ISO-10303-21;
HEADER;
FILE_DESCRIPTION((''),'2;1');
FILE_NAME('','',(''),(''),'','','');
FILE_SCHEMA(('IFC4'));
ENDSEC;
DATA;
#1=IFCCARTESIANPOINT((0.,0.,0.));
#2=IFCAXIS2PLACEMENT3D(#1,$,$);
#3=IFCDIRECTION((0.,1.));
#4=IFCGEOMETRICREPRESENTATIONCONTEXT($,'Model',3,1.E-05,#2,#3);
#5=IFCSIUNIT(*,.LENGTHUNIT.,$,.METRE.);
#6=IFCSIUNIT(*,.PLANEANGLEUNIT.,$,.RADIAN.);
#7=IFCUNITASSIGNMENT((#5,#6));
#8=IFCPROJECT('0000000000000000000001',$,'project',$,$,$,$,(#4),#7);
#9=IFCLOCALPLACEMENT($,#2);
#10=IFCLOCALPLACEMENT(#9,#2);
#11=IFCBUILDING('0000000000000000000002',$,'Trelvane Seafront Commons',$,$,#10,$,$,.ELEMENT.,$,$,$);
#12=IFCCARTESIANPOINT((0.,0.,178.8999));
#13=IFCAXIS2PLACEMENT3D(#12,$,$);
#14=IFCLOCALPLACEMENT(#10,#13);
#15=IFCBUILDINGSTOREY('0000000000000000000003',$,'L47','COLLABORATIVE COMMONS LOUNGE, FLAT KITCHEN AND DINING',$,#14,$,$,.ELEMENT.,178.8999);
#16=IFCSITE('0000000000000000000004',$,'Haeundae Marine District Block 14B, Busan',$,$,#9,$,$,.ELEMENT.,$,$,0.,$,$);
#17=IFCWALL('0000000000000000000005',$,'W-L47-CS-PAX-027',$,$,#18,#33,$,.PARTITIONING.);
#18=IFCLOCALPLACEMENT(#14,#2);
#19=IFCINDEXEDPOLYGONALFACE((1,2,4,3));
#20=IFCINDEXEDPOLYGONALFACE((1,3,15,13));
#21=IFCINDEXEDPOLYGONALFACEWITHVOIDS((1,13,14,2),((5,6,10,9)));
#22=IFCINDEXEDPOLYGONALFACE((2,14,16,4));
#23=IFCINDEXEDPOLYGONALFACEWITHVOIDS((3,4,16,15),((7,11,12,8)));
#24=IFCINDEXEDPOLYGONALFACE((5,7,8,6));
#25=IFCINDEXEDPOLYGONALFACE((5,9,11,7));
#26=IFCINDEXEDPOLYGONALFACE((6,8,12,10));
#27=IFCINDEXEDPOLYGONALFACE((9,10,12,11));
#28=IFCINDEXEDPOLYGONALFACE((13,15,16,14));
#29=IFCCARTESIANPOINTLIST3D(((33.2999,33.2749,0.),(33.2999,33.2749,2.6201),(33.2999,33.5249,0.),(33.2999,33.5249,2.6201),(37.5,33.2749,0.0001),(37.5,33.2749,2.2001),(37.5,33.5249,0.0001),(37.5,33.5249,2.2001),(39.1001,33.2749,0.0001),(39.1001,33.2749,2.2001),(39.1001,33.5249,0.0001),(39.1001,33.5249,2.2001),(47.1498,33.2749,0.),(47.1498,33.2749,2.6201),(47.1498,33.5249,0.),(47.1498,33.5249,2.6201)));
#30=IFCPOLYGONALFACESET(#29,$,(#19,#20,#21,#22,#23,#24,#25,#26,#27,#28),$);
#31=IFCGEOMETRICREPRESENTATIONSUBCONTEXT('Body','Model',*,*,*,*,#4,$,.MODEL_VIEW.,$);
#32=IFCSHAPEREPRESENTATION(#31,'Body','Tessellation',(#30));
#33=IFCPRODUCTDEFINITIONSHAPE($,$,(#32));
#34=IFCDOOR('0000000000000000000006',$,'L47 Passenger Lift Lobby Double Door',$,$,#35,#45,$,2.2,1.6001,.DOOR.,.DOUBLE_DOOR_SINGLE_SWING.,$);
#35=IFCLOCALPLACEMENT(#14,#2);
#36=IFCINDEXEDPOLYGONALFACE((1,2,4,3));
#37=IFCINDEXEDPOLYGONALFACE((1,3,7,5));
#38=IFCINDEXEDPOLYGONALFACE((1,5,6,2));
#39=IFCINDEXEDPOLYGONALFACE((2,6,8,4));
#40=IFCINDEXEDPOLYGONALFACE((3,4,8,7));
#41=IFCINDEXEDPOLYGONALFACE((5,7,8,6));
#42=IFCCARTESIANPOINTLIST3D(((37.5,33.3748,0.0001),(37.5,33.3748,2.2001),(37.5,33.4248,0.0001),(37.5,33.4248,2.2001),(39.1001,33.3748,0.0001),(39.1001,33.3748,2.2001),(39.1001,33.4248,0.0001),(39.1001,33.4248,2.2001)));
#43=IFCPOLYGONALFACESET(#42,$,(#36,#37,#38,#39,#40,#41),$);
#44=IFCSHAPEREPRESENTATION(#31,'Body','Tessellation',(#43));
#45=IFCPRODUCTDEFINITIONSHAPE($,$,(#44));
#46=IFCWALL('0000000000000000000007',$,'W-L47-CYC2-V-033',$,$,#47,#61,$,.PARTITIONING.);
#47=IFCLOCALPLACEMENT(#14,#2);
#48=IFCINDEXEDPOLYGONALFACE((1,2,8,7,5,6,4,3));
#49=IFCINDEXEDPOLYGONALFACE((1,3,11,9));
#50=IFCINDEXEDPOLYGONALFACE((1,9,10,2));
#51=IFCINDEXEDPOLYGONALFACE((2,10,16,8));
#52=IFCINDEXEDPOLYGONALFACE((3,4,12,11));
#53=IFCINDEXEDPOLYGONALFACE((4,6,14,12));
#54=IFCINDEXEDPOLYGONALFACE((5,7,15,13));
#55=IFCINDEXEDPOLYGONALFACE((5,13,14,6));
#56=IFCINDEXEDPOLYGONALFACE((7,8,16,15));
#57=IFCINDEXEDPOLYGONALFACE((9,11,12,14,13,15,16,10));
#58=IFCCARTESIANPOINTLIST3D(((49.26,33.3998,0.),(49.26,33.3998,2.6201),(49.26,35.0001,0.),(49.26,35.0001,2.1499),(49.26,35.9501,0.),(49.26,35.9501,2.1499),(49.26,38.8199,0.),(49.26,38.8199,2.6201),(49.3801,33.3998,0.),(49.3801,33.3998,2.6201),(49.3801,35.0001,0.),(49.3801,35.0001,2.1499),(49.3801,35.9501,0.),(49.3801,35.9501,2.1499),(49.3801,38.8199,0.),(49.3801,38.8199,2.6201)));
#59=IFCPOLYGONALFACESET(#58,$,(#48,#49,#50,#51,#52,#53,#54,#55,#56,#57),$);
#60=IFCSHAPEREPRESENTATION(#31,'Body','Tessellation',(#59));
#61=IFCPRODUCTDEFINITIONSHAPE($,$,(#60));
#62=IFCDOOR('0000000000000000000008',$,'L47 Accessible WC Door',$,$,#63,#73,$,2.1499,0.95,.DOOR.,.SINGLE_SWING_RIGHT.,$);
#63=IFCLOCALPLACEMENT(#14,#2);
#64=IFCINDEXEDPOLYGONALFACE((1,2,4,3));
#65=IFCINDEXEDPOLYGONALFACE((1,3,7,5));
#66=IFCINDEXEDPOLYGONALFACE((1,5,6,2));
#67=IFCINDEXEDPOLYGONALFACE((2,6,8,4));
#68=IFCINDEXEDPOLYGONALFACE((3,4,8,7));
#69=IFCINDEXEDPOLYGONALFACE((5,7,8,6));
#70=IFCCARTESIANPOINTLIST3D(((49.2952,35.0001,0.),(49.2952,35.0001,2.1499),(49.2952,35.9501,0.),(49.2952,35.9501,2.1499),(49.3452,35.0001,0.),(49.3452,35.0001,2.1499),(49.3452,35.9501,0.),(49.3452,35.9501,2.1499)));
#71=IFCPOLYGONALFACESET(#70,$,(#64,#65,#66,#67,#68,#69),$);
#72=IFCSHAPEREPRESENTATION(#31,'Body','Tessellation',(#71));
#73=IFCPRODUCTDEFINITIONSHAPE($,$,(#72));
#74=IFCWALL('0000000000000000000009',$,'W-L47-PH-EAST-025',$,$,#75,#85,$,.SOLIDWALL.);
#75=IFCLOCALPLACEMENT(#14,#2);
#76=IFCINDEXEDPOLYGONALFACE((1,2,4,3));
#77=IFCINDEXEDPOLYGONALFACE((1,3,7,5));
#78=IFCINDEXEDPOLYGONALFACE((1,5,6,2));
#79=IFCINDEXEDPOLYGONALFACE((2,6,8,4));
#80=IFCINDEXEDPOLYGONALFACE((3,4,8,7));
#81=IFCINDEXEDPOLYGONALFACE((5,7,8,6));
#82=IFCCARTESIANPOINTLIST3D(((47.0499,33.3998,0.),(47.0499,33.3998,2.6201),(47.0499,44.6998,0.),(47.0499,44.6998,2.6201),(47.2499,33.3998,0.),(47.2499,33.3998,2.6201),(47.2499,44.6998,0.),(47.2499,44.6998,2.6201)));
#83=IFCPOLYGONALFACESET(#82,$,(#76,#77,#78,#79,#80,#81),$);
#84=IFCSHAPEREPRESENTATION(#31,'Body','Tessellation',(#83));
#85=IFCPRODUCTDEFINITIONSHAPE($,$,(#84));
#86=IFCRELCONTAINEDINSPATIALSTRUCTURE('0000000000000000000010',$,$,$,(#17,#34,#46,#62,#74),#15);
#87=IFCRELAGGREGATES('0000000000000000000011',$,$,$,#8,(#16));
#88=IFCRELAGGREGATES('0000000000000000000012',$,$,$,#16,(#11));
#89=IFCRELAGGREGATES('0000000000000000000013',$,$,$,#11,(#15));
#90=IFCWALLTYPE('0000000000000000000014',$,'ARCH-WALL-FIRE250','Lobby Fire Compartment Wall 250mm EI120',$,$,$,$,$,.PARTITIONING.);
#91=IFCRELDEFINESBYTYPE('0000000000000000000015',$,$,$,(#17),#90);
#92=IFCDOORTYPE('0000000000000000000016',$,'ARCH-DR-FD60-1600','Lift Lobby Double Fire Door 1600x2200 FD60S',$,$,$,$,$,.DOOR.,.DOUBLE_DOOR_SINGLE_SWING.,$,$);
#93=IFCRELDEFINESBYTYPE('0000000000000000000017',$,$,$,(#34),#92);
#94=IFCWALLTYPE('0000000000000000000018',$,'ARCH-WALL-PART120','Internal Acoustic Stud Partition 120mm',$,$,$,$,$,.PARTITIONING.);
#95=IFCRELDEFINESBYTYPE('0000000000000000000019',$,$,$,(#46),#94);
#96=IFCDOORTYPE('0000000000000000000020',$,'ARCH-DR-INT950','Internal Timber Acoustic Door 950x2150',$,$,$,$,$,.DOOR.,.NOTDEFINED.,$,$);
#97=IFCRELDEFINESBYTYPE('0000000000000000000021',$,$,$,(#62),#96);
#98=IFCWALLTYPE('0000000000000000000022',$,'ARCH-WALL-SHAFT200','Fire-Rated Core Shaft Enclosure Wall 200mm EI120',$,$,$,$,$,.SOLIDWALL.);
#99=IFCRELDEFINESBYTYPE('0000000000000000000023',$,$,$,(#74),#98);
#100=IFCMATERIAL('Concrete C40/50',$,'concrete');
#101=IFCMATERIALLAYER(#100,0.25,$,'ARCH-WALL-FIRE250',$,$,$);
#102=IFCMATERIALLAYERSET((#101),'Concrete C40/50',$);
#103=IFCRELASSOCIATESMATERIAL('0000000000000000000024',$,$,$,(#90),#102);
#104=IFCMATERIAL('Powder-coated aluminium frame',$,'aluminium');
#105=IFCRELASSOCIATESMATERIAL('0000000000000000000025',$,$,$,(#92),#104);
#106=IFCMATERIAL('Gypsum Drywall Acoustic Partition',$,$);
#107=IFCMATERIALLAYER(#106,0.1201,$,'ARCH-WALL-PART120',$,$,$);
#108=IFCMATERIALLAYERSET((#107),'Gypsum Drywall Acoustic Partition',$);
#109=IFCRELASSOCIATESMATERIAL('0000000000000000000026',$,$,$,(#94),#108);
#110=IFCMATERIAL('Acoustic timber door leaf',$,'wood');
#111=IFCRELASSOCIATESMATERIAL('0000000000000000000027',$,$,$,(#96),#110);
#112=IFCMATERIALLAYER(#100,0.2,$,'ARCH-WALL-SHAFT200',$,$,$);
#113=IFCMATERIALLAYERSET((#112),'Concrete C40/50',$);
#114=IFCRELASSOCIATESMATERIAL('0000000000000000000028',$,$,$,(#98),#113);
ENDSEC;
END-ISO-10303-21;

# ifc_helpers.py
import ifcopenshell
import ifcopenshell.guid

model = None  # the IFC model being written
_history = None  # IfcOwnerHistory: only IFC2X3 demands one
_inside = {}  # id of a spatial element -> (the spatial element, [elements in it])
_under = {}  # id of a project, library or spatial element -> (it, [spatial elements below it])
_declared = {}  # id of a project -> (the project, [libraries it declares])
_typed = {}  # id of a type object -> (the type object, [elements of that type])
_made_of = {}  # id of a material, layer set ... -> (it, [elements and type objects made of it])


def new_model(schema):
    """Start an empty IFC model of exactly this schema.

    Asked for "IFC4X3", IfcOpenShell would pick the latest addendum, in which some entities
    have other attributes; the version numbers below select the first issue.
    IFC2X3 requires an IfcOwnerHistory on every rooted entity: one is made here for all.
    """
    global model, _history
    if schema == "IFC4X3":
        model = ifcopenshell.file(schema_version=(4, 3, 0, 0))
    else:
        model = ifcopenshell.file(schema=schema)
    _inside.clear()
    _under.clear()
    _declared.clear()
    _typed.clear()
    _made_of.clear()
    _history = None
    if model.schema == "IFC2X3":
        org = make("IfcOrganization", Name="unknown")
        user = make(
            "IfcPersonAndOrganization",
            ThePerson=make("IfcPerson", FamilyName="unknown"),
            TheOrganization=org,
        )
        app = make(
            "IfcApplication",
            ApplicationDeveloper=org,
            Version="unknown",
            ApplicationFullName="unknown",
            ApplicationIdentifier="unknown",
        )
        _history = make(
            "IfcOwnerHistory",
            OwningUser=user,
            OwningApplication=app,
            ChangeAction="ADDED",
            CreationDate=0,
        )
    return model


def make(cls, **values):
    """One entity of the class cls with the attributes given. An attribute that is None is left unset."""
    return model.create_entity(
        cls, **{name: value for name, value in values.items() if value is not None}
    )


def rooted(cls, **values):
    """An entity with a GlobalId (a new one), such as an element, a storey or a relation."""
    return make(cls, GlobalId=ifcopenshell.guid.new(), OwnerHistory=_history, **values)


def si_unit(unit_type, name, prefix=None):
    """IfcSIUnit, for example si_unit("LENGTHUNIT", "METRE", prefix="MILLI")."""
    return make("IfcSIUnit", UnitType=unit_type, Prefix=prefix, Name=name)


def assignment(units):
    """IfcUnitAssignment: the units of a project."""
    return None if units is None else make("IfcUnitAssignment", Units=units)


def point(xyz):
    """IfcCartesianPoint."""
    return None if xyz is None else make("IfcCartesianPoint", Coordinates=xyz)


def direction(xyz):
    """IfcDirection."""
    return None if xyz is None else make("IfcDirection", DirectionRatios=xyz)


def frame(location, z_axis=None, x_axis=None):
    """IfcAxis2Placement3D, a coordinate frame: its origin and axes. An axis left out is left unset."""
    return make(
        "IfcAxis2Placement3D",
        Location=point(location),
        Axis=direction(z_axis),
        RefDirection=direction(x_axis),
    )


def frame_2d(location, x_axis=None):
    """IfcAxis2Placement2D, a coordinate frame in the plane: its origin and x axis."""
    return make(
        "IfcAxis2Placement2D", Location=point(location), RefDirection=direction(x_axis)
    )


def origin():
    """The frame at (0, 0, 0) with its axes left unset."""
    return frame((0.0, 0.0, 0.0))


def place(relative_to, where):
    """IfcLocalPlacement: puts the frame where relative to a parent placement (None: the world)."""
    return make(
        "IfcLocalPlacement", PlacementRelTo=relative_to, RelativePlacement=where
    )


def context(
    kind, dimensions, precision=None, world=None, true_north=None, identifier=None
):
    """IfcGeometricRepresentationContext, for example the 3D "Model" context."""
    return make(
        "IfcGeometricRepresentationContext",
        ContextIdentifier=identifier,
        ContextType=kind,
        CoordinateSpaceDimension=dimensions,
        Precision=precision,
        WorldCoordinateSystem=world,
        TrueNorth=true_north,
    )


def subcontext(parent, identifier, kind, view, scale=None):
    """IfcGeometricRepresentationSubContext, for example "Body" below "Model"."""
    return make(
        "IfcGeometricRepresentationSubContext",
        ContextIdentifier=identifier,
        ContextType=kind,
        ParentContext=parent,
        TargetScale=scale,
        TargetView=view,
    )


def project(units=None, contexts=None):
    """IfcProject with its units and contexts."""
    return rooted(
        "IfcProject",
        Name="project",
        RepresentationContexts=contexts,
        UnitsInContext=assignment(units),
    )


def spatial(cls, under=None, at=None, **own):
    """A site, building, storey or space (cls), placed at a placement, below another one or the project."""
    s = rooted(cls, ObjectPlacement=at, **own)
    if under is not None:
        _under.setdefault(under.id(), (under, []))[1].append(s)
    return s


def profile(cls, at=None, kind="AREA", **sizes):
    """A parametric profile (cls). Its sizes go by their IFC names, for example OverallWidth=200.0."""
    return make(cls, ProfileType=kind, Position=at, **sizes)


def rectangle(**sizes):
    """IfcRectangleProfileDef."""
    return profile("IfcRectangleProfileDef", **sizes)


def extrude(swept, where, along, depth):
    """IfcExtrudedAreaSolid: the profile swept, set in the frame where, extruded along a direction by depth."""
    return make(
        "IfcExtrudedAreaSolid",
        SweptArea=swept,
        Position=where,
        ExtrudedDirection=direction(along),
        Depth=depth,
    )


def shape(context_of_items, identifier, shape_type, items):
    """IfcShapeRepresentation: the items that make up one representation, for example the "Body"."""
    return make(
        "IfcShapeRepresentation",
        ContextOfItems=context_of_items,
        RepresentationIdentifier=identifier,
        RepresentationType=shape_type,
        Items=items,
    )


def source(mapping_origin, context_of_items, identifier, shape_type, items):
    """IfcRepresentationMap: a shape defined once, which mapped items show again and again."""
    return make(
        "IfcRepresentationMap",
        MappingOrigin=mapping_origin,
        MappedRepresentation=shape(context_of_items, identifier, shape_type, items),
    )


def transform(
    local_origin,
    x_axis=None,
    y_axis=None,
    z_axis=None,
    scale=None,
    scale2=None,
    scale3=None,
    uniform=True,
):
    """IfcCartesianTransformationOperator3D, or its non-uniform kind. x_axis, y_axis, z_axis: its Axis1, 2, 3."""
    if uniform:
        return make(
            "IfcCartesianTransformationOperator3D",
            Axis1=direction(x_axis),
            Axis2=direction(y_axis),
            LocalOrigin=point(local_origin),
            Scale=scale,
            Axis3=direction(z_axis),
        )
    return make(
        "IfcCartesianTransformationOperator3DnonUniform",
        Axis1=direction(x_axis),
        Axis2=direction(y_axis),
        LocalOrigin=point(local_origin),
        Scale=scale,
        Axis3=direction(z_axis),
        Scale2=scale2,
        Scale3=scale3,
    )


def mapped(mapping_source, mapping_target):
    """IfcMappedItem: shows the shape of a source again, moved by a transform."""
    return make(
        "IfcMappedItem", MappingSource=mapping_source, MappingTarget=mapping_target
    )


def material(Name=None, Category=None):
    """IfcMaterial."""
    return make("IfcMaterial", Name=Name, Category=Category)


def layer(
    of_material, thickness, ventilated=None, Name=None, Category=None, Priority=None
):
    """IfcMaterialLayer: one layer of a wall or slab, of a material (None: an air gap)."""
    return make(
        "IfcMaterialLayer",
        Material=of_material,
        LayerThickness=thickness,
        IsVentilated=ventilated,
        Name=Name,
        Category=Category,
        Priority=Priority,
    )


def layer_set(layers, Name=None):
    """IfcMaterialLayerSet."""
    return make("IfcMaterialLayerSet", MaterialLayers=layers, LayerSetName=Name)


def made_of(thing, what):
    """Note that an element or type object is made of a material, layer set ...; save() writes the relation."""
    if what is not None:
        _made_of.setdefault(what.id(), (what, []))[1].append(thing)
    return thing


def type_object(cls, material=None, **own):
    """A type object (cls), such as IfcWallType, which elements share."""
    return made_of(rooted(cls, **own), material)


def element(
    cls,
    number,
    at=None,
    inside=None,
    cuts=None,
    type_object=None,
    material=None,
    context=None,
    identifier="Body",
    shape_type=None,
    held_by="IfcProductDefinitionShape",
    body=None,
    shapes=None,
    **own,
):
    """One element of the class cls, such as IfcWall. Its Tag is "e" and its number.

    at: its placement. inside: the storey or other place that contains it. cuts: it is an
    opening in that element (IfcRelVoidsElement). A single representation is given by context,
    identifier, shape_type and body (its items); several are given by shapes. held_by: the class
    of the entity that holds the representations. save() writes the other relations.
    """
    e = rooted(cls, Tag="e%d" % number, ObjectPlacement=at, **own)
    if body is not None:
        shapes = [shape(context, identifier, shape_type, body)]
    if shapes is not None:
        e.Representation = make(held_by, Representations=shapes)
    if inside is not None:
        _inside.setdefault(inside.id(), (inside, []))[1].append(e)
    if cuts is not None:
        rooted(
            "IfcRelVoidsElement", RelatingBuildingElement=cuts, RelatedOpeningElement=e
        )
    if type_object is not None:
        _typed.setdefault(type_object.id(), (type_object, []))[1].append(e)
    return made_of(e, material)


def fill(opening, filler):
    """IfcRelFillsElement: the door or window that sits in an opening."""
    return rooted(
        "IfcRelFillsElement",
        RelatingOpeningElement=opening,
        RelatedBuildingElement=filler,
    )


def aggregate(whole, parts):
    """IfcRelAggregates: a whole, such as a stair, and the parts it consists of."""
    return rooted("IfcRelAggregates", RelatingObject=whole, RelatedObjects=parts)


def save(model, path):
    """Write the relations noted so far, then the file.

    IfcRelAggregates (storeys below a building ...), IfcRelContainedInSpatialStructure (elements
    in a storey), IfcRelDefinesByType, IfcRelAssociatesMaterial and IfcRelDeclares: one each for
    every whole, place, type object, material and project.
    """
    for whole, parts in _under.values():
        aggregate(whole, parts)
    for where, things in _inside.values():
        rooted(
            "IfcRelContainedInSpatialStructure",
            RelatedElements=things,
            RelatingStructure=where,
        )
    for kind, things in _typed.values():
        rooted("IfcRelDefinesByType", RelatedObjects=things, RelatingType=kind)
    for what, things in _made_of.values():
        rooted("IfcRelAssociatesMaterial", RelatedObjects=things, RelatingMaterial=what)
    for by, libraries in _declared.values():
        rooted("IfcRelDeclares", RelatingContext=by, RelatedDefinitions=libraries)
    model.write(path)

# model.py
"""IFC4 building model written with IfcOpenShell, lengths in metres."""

from ifc_helpers import new_model, si_unit, direction, frame, frame_2d, origin, place, context, subcontext, project, spatial, rectangle, extrude, source, transform, mapped, material, layer, layer_set, type_object, element, fill, save


model = new_model("IFC4")

# Units and contexts
model_context = context("Model", 3, precision=1e-05, world=origin(), true_north=direction((0.0, 1.0)))
body_context = subcontext(model_context, "Body", "Model", "MODEL_VIEW")
ifc_project = project(units=[si_unit("LENGTHUNIT", "METRE"), si_unit("PLANEANGLEUNIT", "RADIAN")], contexts=[model_context])

# Site, building, storey
site_placement = place(None, origin())
site = spatial("IfcSite", under=ifc_project, at=site_placement, Name="Haeundae Marine District Block 14B, Busan", CompositionType="ELEMENT", RefElevation=0.0)
building_placement = place(site_placement, origin())
building = spatial("IfcBuilding", under=site, at=building_placement, Name="Trelvane Seafront Commons", CompositionType="ELEMENT")
storey_placement = place(building_placement, frame((0.0, 0.0, 178.8999)))
storey = spatial("IfcBuildingStorey", under=building, at=storey_placement, Name="L47", Description="COLLABORATIVE COMMONS LOUNGE, FLAT KITCHEN AND DINING", CompositionType="ELEMENT", Elevation=178.8999)

# Shared definitions
ifc_material_1 = material(Name="Concrete C40/50", Category="concrete")
ifc_material_2 = material(Name="Powder-coated aluminium frame", Category="aluminium")
shared_shape_1 = source(origin(), body_context, "Body", "SweptSolid", [
    extrude(rectangle(XDim=0.95, YDim=2.1499, at=frame_2d((0.4751, 1.075))), frame((0.0, 0.0249, 0.0), z_axis=(0.0, -1.0, 0.0), x_axis=(1.0, 0.0, 0.0)), (0.0, 0.0, 1.0), 0.05),
])

# Wall, opening, door
ifc_layer_1 = layer(ifc_material_1, 0.25, Name="ARCH-WALL-FIRE250")
ifc_layer_set_1 = layer_set([ifc_layer_1], Name="Concrete C40/50")
wall_type_1 = type_object("IfcWallType", Name="ARCH-WALL-FIRE250", Description="Lobby Fire Compartment Wall 250mm EI120", PredefinedType="PARTITIONING", material=ifc_layer_set_1)
wall_1_placement = place(storey_placement, frame((33.3, 33.3999, 0.0), z_axis=(0.0, 0.0, 1.0), x_axis=(1.0, 0.0, 0.0)))
wall_1 = element("IfcWall", 1, at=wall_1_placement, inside=storey, type_object=wall_type_1, Name="W-L47-CS-PAX-027", PredefinedType="PARTITIONING", context=body_context, shape_type="SweptSolid", body=[
    extrude(rectangle(XDim=13.8499, YDim=0.25, at=frame_2d((6.9248, 0.0))), origin(), (0.0, 0.0, 1.0), 2.6201),
])
opening_1_placement = place(wall_1_placement, frame((4.2, 0.0, 0.0)))
opening_1 = element("IfcOpeningElement", 2, at=opening_1_placement, cuts=wall_1, PredefinedType="OPENING", context=body_context, shape_type="SweptSolid", body=[
    extrude(rectangle(XDim=1.6001, YDim=2.2, at=frame_2d((0.8, 1.1001))), frame((0.0, 0.135, 0.0), z_axis=(0.0, -1.0, 0.0), x_axis=(1.0, 0.0, 0.0)), (0.0, 0.0, 1.0), 0.27),
])
door_type_1 = type_object("IfcDoorType", Name="ARCH-DR-FD60-1600", Description="Lift Lobby Double Fire Door 1600x2200 FD60S", OperationType="DOUBLE_DOOR_SINGLE_SWING", PredefinedType="DOOR", material=ifc_material_2)
shared_shape_2 = source(origin(), body_context, "Body", "SweptSolid", [
    extrude(rectangle(XDim=1.6001, YDim=2.2, at=frame_2d((0.8, 1.1001))), frame((0.0, 0.0249, 0.0), z_axis=(0.0, -1.0, 0.0), x_axis=(1.0, 0.0, 0.0)), (0.0, 0.0, 1.0), 0.05),
])
door_1_placement = place(opening_1_placement, origin())
door_1 = element("IfcDoor", 3, at=door_1_placement, inside=storey, type_object=door_type_1, Name="L47 Passenger Lift Lobby Double Door", OperationType="DOUBLE_DOOR_SINGLE_SWING", OverallHeight=2.2, OverallWidth=1.6001, PredefinedType="DOOR", context=body_context, shape_type="MappedRepresentation", body=[
    mapped(shared_shape_2, transform((0.0, 0.0, 0.0), x_axis=(1.0, 0.0, 0.0), y_axis=(0.0, 1.0, 0.0), z_axis=(0.0, 0.0, 1.0), scale=1.0)),
])
fill(opening_1, door_1)

# Wall, opening, door
ifc_material_3 = material(Name="Gypsum Drywall Acoustic Partition")
ifc_layer_2 = layer(ifc_material_3, 0.1201, Name="ARCH-WALL-PART120")
ifc_layer_set_2 = layer_set([ifc_layer_2], Name="Gypsum Drywall Acoustic Partition")
wall_type_2 = type_object("IfcWallType", Name="ARCH-WALL-PART120", Description="Internal Acoustic Stud Partition 120mm", PredefinedType="PARTITIONING", material=ifc_layer_set_2)
wall_2_placement = place(storey_placement, frame((49.3201, 33.3999, 0.0), z_axis=(0.0, 0.0, 1.0), x_axis=(0.0, 1.0, 0.0)))
wall_2 = element("IfcWall", 4, at=wall_2_placement, inside=storey, type_object=wall_type_2, Name="W-L47-CYC2-V-033", PredefinedType="PARTITIONING", context=body_context, shape_type="SweptSolid", body=[
    extrude(rectangle(XDim=5.4202, YDim=0.1201, at=frame_2d((2.71, 0.0))), origin(), (0.0, 0.0, 1.0), 2.6201),
])
opening_2_placement = place(wall_2_placement, frame((1.6001, 0.0, 0.0)))
opening_2 = element("IfcOpeningElement", 5, at=opening_2_placement, cuts=wall_2, PredefinedType="OPENING", context=body_context, shape_type="SweptSolid", body=[
    extrude(rectangle(XDim=0.95, YDim=2.1499, at=frame_2d((0.4751, 1.075))), frame((0.0, 0.0701, 0.0), z_axis=(0.0, -1.0, 0.0), x_axis=(1.0, 0.0, 0.0)), (0.0, 0.0, 1.0), 0.1401),
])
ifc_material_4 = material(Name="Acoustic timber door leaf", Category="wood")
door_type_2 = type_object("IfcDoorType", Name="ARCH-DR-INT950", Description="Internal Timber Acoustic Door 950x2150", OperationType="NOTDEFINED", PredefinedType="DOOR", material=ifc_material_4)
door_2_placement = place(opening_2_placement, origin())
door_2 = element("IfcDoor", 6, at=door_2_placement, inside=storey, type_object=door_type_2, Name="L47 Accessible WC Door", OperationType="SINGLE_SWING_RIGHT", OverallHeight=2.1499, OverallWidth=0.95, PredefinedType="DOOR", context=body_context, shape_type="MappedRepresentation", body=[
    mapped(shared_shape_1, transform((0.0, 0.0, 0.0), x_axis=(1.0, 0.0, 0.0), y_axis=(0.0, 1.0, 0.0), z_axis=(0.0, 0.0, 1.0), scale=1.0)),
])
fill(opening_2, door_2)

# Wall
ifc_layer_3 = layer(ifc_material_1, 0.2, Name="ARCH-WALL-SHAFT200")
ifc_layer_set_3 = layer_set([ifc_layer_3], Name="Concrete C40/50")
wall_type_3 = type_object("IfcWallType", Name="ARCH-WALL-SHAFT200", Description="Fire-Rated Core Shaft Enclosure Wall 200mm EI120", PredefinedType="SOLIDWALL", material=ifc_layer_set_3)
wall_3_placement = place(storey_placement, frame((47.1499, 33.3999, 0.0), z_axis=(0.0, 0.0, 1.0), x_axis=(0.0, 1.0, 0.0)))
element("IfcWall", 7, at=wall_3_placement, inside=storey, type_object=wall_type_3, Name="W-L47-PH-EAST-025", PredefinedType="SOLIDWALL", context=body_context, shape_type="SweptSolid", body=[
    extrude(rectangle(XDim=11.3, YDim=0.2, at=frame_2d((5.6499, 0.0))), origin(), (0.0, 0.0, 1.0), 2.6201),
])

save(model, "model.ifc")
